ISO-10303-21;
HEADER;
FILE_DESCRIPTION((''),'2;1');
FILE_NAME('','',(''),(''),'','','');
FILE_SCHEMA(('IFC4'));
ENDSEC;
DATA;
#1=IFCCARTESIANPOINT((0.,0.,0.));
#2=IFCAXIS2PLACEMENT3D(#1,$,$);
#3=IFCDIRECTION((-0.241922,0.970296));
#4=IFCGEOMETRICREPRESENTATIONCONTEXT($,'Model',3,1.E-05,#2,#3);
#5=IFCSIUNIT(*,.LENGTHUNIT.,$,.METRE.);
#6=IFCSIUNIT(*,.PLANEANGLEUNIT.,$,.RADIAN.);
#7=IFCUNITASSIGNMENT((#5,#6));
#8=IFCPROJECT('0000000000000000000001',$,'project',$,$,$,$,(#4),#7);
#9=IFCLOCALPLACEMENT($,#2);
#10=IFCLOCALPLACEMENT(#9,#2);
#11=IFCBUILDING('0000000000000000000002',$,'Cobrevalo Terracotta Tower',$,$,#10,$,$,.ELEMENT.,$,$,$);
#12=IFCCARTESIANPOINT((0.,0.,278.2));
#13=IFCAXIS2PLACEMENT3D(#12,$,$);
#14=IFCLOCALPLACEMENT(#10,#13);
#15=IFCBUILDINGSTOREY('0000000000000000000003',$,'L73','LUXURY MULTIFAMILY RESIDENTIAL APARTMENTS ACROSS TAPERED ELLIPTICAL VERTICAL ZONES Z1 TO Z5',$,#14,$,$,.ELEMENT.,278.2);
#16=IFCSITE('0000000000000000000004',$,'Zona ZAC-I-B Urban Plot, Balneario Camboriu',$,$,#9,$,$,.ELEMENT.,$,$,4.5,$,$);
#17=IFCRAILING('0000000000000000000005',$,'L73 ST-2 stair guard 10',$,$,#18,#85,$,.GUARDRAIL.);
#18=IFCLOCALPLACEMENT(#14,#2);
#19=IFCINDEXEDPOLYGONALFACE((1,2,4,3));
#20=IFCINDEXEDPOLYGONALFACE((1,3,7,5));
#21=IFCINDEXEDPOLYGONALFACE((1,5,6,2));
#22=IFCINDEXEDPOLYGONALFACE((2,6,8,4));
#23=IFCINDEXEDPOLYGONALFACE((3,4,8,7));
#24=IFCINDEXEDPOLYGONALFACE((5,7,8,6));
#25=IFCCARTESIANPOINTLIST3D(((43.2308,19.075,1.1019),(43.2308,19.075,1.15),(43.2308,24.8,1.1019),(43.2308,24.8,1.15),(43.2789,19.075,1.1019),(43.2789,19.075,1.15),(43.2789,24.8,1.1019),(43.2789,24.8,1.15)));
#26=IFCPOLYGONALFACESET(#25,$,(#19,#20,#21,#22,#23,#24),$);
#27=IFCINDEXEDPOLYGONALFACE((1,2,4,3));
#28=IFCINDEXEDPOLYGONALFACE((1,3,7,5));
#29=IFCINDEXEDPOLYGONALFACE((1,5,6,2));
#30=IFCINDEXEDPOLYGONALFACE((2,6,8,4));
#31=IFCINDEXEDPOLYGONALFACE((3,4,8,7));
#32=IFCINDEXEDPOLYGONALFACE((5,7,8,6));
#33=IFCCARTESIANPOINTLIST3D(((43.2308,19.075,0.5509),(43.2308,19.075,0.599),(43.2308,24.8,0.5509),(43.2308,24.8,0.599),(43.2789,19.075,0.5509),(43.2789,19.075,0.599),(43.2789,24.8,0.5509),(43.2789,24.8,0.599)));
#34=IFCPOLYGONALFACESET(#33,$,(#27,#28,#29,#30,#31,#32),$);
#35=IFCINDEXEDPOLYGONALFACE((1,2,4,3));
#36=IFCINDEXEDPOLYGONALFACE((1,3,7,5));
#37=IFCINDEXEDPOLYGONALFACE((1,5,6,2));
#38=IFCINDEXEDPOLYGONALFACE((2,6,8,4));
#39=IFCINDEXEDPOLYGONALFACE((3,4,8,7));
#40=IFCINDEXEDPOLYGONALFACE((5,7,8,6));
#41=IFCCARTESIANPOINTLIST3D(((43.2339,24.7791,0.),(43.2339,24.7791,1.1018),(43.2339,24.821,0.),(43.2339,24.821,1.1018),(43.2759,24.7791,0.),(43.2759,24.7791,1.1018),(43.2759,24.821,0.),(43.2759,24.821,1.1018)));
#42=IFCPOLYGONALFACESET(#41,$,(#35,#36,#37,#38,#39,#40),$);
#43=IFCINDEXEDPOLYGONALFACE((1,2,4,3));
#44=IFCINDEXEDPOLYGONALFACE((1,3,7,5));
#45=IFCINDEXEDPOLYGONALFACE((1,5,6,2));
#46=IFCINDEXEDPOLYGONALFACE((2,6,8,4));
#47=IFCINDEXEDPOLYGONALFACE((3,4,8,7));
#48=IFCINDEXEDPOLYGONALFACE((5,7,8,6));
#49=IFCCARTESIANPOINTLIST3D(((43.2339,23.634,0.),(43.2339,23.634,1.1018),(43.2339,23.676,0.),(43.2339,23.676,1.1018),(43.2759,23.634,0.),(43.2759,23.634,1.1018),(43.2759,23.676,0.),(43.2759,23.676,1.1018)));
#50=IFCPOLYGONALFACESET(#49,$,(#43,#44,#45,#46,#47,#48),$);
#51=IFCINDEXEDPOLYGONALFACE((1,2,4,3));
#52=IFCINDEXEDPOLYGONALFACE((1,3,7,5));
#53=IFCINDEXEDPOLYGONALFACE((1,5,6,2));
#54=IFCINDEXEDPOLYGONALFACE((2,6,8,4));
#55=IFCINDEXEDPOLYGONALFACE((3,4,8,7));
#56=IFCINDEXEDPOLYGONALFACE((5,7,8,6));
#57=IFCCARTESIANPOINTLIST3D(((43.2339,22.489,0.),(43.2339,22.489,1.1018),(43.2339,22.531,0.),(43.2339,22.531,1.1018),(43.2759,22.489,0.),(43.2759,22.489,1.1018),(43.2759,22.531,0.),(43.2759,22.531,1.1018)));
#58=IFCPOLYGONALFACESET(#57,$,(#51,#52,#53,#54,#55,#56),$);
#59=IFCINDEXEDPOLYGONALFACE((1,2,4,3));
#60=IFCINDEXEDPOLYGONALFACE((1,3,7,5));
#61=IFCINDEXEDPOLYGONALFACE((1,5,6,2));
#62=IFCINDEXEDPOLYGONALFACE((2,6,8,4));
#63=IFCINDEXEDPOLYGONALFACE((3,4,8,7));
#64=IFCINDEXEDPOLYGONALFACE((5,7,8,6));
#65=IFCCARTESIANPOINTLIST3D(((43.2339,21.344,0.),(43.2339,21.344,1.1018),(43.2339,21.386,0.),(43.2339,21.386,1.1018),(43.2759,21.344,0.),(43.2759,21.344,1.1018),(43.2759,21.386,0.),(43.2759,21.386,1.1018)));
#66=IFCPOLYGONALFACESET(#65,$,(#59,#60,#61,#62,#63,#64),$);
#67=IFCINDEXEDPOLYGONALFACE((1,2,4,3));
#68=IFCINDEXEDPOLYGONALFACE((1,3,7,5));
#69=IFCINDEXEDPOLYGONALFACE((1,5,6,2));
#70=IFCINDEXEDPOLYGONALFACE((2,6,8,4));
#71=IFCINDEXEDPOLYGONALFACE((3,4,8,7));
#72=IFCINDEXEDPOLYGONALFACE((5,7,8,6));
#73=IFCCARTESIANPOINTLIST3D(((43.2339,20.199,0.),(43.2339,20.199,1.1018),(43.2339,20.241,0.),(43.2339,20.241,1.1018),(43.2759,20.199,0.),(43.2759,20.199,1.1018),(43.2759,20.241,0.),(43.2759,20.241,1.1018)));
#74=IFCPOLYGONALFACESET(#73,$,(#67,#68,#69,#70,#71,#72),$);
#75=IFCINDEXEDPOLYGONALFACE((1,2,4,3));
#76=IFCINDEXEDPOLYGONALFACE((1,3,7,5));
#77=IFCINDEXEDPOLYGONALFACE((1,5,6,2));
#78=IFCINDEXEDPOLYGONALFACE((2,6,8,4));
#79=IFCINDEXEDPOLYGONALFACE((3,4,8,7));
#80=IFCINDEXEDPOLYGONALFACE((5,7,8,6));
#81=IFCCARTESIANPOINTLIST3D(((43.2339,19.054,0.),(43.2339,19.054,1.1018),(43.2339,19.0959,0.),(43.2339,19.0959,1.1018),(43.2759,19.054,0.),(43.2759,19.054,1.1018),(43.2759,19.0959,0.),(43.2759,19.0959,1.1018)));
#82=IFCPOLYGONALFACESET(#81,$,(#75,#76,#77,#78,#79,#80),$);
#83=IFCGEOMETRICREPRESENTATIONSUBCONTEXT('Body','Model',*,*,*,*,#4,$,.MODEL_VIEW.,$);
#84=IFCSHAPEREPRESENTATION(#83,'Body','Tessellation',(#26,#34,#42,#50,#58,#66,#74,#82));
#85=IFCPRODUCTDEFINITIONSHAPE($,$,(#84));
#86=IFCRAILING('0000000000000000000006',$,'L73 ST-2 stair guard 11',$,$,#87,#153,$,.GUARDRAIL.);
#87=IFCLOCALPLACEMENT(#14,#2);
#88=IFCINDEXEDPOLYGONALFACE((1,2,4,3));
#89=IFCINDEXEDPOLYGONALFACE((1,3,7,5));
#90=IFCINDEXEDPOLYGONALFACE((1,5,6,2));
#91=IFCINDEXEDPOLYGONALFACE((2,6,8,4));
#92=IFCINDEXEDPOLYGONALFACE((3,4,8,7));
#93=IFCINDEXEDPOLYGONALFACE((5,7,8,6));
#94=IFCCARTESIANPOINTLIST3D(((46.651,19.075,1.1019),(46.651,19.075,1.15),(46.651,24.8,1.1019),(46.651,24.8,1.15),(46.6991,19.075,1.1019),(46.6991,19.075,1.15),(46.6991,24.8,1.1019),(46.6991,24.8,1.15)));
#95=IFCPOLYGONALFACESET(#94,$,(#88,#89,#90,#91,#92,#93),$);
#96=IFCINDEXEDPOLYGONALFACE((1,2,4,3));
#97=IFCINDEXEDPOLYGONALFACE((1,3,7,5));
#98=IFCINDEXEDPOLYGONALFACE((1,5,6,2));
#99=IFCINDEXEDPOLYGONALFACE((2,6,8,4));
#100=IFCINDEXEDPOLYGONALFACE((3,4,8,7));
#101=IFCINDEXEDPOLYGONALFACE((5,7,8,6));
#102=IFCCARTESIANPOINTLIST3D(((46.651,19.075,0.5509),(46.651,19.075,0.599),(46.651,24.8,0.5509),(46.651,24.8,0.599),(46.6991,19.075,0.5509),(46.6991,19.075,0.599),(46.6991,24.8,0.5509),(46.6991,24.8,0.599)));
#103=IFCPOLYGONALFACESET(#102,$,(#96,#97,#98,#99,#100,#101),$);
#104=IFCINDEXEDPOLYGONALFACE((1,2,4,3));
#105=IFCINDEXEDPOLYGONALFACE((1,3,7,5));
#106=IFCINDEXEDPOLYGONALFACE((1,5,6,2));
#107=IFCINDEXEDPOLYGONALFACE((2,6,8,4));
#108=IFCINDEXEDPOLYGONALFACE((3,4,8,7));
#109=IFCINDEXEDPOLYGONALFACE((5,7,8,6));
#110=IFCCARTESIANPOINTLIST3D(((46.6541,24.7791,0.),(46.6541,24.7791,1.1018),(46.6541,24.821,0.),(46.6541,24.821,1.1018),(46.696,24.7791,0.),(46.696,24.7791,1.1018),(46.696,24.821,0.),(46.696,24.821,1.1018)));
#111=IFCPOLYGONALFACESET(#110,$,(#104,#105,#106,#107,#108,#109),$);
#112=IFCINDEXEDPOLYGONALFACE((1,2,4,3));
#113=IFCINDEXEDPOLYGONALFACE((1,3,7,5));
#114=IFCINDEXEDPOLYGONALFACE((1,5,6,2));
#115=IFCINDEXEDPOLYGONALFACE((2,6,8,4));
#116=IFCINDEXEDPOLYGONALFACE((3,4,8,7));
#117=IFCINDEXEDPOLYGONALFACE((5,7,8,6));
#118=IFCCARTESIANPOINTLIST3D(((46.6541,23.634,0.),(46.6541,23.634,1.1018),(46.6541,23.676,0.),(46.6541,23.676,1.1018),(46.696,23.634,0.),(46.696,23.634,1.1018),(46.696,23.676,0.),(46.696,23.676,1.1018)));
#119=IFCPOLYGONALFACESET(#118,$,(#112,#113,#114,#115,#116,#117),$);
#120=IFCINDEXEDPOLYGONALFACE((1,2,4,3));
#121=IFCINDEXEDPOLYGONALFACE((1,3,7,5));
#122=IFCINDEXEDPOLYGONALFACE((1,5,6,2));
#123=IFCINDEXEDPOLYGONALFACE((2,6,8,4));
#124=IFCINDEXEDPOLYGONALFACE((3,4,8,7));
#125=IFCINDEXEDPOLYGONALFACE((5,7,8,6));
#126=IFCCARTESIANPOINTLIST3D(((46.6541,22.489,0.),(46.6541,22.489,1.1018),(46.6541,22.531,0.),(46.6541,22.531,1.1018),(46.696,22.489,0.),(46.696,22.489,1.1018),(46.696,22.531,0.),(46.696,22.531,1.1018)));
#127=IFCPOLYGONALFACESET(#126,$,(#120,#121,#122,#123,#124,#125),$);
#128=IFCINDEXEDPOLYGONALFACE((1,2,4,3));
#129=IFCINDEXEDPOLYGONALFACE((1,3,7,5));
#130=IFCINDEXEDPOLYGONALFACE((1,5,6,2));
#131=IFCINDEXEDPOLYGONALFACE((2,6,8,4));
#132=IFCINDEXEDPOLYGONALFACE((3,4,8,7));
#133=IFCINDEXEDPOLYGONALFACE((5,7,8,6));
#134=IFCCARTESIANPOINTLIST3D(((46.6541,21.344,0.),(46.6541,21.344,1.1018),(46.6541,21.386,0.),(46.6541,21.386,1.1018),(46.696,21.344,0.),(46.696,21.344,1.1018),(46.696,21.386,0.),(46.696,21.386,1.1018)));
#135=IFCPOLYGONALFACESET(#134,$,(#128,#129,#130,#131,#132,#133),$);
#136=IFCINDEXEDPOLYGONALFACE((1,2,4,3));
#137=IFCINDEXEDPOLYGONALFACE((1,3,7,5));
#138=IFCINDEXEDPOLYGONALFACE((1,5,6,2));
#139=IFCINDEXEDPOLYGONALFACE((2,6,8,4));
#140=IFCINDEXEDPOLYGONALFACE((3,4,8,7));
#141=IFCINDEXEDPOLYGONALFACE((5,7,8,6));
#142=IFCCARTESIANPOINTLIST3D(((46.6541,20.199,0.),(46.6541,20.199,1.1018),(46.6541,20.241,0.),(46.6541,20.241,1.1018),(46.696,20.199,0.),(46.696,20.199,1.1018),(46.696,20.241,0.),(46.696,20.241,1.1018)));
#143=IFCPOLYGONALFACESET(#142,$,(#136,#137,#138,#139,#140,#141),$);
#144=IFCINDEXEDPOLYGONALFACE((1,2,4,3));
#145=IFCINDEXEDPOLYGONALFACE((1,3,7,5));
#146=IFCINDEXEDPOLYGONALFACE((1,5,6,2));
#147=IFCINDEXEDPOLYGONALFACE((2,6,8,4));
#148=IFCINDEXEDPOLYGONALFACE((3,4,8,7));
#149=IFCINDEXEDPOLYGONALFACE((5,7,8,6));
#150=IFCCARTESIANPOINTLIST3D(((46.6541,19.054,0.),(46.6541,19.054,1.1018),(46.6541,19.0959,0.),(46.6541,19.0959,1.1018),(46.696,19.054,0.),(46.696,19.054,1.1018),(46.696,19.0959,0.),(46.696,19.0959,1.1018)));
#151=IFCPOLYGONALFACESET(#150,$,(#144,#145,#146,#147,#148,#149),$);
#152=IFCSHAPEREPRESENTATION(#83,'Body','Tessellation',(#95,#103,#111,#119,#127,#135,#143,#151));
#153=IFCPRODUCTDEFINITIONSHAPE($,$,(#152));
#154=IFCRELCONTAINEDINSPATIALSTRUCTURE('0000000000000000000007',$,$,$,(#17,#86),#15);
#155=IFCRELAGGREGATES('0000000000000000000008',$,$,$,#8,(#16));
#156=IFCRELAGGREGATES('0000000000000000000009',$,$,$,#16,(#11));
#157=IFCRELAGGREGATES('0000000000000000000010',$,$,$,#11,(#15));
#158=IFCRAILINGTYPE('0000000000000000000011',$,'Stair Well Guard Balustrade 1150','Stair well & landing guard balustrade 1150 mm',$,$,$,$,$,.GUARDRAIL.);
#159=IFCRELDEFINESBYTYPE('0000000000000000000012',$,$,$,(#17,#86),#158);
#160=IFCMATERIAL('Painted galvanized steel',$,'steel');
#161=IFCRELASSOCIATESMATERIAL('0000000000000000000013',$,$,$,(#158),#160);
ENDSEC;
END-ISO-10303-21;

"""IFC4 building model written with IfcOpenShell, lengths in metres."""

from ifc_helpers import new_model, si_unit, direction, frame, origin, origin_2d, place, context, subcontext, project, spatial, rectangle, extrude, material, type_object, element, save


model = new_model("IFC4")

# Units and contexts
model_context = context("Model", 3, precision=1e-05, world=origin(), true_north=direction((-0.241922, 0.970296)))
body_context = subcontext(model_context, "Body", "Model", "MODEL_VIEW")
ifc_project = project(units=[si_unit("LENGTHUNIT", "METRE"), si_unit("PLANEANGLEUNIT", "RADIAN")], contexts=[model_context])

# Site, building, storey
site_placement = place(None, origin())
site = spatial("IfcSite", under=ifc_project, at=site_placement, Name="Zona ZAC-I-B Urban Plot, Balneario Camboriu", CompositionType="ELEMENT", RefElevation=4.5)
building_placement = place(site_placement, origin())
building = spatial("IfcBuilding", under=site, at=building_placement, Name="Cobrevalo Terracotta Tower", CompositionType="ELEMENT")
storey_placement = place(building_placement, frame((0.0, 0.0, 278.2)))
storey = spatial("IfcBuildingStorey", under=building, at=storey_placement, Name="L73", Description="LUXURY MULTIFAMILY RESIDENTIAL APARTMENTS ACROSS TAPERED ELLIPTICAL VERTICAL ZONES Z1 TO Z5", CompositionType="ELEMENT", Elevation=278.2)

# Railings
ifc_material_1 = material(Name="Painted galvanized steel", Category="steel")
railing_type_1 = type_object("IfcRailingType", Name="Stair Well Guard Balustrade 1150", Description="Stair well & landing guard balustrade 1150 mm", PredefinedType="GUARDRAIL", material=ifc_material_1)
for number, where, name in (
    (1, (43.2549, 24.8, 0.0), "L73 ST-2 stair guard 10"),
    (2, (46.675, 24.8, 0.0), "L73 ST-2 stair guard 11"),
):
    element("IfcRailing", number, at=place(storey_placement, frame(where)), inside=storey, type_object=railing_type_1, Name=name, PredefinedType="GUARDRAIL", context=body_context, shape_type="SweptSolid", body=[
        extrude(rectangle(XDim=0.0481, YDim=0.0481, at=origin_2d()), frame((0.0, 0.0, 1.126), z_axis=(0.0, -1.0, 0.0), x_axis=(1.0, 0.0, 0.0)), (0.0, 0.0, 1.0), 5.7251),
        extrude(rectangle(XDim=0.0481, YDim=0.0481, at=origin_2d()), frame((0.0, 0.0, 0.575), z_axis=(0.0, -1.0, 0.0), x_axis=(1.0, 0.0, 0.0)), (0.0, 0.0, 1.0), 5.7251),
        extrude(rectangle(XDim=0.042, YDim=0.042, at=origin_2d()), origin(), (0.0, 0.0, 1.0), 1.1018),
        extrude(rectangle(XDim=0.042, YDim=0.042, at=origin_2d()), frame((0.0, -1.145, 0.0)), (0.0, 0.0, 1.0), 1.1018),
        extrude(rectangle(XDim=0.042, YDim=0.042, at=origin_2d()), frame((0.0, -2.29, 0.0)), (0.0, 0.0, 1.0), 1.1018),
        extrude(rectangle(XDim=0.042, YDim=0.042, at=origin_2d()), frame((0.0, -3.4351, 0.0)), (0.0, 0.0, 1.0), 1.1018),
        extrude(rectangle(XDim=0.042, YDim=0.042, at=origin_2d()), frame((0.0, -4.5801, 0.0)), (0.0, 0.0, 1.0), 1.1018),
        extrude(rectangle(XDim=0.042, YDim=0.042, at=origin_2d()), frame((0.0, -5.7251, 0.0)), (0.0, 0.0, 1.0), 1.1018),
    ])

save(model, "model.ifc")
